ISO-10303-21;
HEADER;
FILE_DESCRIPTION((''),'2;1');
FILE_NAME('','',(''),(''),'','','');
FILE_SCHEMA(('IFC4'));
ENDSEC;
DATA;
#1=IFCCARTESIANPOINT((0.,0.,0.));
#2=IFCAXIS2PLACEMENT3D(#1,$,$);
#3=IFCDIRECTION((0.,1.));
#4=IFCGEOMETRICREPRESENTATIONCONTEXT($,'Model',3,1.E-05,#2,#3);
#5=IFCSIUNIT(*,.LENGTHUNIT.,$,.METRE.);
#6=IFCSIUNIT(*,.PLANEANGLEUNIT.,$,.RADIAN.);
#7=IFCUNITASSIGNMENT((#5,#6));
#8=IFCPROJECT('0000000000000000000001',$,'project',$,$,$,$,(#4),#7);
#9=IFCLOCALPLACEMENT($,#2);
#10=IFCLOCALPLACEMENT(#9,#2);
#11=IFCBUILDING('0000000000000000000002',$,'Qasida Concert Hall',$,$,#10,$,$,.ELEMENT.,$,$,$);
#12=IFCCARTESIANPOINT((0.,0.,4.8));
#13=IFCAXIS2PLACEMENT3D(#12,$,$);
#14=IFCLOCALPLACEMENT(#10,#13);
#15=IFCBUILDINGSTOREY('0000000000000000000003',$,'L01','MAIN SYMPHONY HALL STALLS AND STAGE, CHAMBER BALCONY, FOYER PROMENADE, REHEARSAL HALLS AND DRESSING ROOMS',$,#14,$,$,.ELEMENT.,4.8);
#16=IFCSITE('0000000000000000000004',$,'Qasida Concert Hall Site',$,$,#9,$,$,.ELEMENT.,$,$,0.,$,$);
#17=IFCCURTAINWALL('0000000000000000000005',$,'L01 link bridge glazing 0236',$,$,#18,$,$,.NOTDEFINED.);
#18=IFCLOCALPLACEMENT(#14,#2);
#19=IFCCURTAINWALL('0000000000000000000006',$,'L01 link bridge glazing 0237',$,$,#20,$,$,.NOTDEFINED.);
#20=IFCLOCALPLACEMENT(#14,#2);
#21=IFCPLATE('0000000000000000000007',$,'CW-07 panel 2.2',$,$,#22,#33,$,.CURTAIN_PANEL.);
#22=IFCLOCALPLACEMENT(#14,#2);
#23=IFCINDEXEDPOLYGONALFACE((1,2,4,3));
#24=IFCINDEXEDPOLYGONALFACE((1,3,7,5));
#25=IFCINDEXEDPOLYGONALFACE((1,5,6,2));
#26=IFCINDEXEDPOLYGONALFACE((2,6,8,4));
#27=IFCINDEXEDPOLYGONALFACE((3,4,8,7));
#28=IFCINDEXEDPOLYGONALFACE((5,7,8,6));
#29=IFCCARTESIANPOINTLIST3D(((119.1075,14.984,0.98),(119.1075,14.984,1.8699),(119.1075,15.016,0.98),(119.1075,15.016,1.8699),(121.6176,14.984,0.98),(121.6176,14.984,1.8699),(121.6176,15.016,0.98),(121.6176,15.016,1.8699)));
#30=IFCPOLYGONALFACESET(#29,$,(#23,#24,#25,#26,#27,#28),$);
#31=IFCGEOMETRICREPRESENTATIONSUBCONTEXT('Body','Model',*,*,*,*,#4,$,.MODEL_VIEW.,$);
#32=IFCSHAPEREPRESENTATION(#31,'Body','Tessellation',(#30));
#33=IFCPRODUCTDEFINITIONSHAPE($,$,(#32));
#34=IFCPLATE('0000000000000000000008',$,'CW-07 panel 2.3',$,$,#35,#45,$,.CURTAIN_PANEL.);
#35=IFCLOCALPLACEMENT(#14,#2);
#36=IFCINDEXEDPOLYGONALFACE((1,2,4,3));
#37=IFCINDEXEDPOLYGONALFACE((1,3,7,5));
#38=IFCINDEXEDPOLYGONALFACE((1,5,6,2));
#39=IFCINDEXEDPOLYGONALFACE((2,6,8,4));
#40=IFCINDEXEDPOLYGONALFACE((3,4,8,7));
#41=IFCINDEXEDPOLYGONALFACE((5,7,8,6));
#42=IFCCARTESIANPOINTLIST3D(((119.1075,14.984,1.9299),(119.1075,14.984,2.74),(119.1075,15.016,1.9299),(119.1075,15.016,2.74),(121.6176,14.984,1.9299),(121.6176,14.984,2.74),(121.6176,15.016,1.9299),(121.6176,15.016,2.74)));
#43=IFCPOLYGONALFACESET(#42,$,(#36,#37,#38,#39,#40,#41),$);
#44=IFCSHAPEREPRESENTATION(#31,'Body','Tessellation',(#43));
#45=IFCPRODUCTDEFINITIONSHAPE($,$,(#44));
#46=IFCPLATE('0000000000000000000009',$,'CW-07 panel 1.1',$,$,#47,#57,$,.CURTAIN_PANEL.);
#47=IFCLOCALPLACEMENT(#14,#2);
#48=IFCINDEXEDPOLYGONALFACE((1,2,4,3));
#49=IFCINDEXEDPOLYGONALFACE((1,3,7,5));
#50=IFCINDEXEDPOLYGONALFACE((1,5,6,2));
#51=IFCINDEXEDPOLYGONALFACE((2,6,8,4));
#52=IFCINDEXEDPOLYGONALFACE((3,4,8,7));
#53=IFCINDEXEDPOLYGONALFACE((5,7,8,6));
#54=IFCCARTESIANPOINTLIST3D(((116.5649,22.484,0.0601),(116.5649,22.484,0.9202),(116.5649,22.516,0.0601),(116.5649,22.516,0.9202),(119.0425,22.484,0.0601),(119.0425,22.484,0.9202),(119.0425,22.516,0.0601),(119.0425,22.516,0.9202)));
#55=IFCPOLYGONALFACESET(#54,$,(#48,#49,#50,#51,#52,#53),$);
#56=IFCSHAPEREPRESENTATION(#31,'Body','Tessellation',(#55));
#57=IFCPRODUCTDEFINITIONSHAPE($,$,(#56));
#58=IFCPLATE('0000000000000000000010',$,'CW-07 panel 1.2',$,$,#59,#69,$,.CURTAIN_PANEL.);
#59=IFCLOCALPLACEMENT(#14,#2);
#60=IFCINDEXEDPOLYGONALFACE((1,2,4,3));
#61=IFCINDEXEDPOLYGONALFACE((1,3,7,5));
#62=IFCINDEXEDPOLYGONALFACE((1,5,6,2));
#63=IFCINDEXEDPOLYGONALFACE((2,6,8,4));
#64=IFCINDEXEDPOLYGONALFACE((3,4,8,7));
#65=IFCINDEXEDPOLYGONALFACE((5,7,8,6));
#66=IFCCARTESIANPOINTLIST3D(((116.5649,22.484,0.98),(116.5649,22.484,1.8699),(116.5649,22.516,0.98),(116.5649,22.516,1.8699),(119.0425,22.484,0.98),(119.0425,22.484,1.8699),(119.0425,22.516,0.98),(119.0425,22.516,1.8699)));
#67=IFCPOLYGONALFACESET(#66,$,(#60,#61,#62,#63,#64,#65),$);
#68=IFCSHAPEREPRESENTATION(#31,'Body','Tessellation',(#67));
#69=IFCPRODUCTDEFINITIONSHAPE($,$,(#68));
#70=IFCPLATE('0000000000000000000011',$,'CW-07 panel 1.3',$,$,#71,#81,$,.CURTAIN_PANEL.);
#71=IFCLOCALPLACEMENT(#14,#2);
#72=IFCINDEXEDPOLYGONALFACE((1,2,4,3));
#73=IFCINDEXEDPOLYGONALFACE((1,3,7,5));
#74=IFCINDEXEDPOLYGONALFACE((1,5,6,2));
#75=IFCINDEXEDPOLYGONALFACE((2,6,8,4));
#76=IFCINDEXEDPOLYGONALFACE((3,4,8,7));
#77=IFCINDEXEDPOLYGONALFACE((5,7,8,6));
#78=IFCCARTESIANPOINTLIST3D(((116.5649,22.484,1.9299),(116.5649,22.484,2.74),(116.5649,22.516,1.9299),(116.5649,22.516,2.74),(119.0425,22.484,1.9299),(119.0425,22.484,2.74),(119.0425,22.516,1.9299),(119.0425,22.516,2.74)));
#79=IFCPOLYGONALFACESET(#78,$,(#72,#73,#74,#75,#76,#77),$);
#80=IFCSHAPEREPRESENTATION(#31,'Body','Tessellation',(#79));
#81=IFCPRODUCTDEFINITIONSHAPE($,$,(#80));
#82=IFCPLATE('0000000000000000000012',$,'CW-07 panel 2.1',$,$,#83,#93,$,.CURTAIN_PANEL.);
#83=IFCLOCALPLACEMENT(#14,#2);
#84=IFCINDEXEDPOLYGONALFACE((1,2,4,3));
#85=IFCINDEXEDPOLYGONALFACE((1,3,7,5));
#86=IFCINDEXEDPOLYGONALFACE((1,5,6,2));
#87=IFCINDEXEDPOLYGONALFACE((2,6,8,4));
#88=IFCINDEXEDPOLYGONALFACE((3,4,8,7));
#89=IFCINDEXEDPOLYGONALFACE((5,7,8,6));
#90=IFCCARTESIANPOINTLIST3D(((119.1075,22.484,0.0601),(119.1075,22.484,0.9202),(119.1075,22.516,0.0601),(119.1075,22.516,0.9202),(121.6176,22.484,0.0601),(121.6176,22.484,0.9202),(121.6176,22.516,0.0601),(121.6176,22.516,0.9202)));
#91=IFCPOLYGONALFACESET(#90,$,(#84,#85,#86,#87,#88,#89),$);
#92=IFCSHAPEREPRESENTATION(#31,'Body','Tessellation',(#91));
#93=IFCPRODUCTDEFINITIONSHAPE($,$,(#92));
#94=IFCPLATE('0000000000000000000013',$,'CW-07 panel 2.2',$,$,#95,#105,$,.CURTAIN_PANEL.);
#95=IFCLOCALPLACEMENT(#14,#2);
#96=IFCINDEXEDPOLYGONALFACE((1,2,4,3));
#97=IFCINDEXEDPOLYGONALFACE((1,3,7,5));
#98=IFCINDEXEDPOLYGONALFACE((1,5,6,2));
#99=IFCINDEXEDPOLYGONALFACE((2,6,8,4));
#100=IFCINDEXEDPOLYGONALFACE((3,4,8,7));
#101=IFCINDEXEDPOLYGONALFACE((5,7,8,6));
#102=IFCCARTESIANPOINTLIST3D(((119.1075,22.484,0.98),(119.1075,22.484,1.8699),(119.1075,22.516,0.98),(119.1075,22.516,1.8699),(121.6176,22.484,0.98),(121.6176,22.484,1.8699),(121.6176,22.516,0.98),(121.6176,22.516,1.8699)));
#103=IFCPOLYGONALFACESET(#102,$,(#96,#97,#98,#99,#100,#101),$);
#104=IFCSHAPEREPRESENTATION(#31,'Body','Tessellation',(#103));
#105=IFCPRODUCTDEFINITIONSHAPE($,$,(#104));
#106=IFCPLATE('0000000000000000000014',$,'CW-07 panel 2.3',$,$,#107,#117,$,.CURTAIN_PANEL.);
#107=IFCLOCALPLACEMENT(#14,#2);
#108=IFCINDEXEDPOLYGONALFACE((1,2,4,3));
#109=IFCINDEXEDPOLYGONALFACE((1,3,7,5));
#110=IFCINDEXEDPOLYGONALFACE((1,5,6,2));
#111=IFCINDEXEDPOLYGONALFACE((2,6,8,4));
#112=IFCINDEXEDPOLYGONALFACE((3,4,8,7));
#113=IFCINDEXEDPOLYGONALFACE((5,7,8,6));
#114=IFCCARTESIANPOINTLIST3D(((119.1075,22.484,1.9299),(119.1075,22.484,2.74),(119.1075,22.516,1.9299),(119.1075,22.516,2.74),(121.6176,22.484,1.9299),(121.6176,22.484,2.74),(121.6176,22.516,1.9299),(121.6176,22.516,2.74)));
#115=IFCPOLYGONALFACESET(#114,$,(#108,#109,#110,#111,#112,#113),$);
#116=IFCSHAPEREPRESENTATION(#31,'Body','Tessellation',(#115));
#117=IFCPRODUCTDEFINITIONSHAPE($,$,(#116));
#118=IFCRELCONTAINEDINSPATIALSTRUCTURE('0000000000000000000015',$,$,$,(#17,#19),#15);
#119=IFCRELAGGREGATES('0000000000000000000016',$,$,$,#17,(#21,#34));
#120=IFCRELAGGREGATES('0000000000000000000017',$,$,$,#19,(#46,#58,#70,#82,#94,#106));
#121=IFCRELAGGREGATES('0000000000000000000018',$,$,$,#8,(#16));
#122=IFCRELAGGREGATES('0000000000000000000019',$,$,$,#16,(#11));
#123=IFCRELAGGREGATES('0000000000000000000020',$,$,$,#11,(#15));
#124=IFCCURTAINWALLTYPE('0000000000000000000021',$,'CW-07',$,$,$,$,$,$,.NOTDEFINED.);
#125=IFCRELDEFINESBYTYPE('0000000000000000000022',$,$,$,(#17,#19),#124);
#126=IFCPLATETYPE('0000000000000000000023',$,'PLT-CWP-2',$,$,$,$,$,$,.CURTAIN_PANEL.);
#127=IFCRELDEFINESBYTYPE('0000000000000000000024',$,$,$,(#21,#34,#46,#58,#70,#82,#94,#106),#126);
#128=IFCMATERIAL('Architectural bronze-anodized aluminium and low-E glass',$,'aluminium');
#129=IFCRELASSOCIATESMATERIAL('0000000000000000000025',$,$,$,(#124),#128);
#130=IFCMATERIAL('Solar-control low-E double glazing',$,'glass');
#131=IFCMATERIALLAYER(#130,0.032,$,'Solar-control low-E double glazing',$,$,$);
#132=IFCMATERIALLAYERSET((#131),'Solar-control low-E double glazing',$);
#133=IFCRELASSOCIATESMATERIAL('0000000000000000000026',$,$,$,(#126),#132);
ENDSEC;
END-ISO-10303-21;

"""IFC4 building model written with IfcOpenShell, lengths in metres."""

from ifc_helpers import new_model, si_unit, direction, frame, origin, origin_2d, place, context, subcontext, project, spatial, rectangle, extrude, material, layer, layer_set, type_object, element, aggregate, save


model = new_model("IFC4")

# Units and contexts
model_context = context("Model", 3, precision=1e-05, world=origin(), true_north=direction((0.0, 1.0)))
body_context = subcontext(model_context, "Body", "Model", "MODEL_VIEW")
ifc_project = project(units=[si_unit("LENGTHUNIT", "METRE"), si_unit("PLANEANGLEUNIT", "RADIAN")], contexts=[model_context])

# Site, building, storey
site_placement = place(None, origin())
site = spatial("IfcSite", under=ifc_project, at=site_placement, Name="Qasida Concert Hall Site", CompositionType="ELEMENT", RefElevation=0.0)
building_placement = place(site_placement, origin())
building = spatial("IfcBuilding", under=site, at=building_placement, Name="Qasida Concert Hall", CompositionType="ELEMENT")
storey_placement = place(building_placement, frame((0.0, 0.0, 4.8)))
storey = spatial("IfcBuildingStorey", under=building, at=storey_placement, Name="L01", Description="MAIN SYMPHONY HALL STALLS AND STAGE, CHAMBER BALCONY, FOYER PROMENADE, REHEARSAL HALLS AND DRESSING ROOMS", CompositionType="ELEMENT", Elevation=4.8)

# Curtain walls
ifc_material_1 = material(Name="Architectural bronze-anodized aluminium and low-E glass", Category="aluminium")
curtain_wall_type = type_object("IfcCurtainWallType", Name="CW-07", PredefinedType="NOTDEFINED", material=ifc_material_1)
curtain_wall_1_placement = place(storey_placement, origin())
curtain_wall_1 = element("IfcCurtainWall", 1, at=curtain_wall_1_placement, inside=storey, type_object=curtain_wall_type, Name="L01 link bridge glazing 0236", PredefinedType="NOTDEFINED")
curtain_wall_2_placement = place(storey_placement, origin())
curtain_wall_2 = element("IfcCurtainWall", 2, at=curtain_wall_2_placement, inside=storey, type_object=curtain_wall_type, Name="L01 link bridge glazing 0237", PredefinedType="NOTDEFINED")

# Plates
ifc_material_2 = material(Name="Solar-control low-E double glazing", Category="glass")
ifc_layer = layer(ifc_material_2, 0.032, Name="Solar-control low-E double glazing")
ifc_layer_set = layer_set([ifc_layer], Name="Solar-control low-E double glazing")
plate_type = type_object("IfcPlateType", Name="PLT-CWP-2", PredefinedType="CURTAIN_PANEL", material=ifc_layer_set)
plate_1_placement = place(storey_placement, frame((120.3625, 15.0, 0.98), z_axis=(0.0, 0.0, 1.0), x_axis=(1.0, 0.0, 0.0)))
plate_1 = element("IfcPlate", 3, at=plate_1_placement, type_object=plate_type, Name="CW-07 panel 2.2", PredefinedType="CURTAIN_PANEL", context=body_context, shape_type="SweptSolid", body=[
    extrude(rectangle(XDim=2.51, YDim=0.032, at=origin_2d()), origin(), (0.0, 0.0, 1.0), 0.8899),
])
plate_2_placement = place(storey_placement, frame((120.3625, 15.0, 1.9299), z_axis=(0.0, 0.0, 1.0), x_axis=(1.0, 0.0, 0.0)))
plate_2 = element("IfcPlate", 4, at=plate_2_placement, type_object=plate_type, Name="CW-07 panel 2.3", PredefinedType="CURTAIN_PANEL", context=body_context, shape_type="SweptSolid", body=[
    extrude(rectangle(XDim=2.51, YDim=0.032, at=origin_2d()), origin(), (0.0, 0.0, 1.0), 0.8101),
])
aggregate(curtain_wall_1, [plate_1, plate_2])
plate_3_placement = place(storey_placement, frame((117.8037, 22.5, 0.0601), z_axis=(0.0, 0.0, 1.0), x_axis=(1.0, 0.0, 0.0)))
plate_3 = element("IfcPlate", 5, at=plate_3_placement, type_object=plate_type, Name="CW-07 panel 1.1", PredefinedType="CURTAIN_PANEL", context=body_context, shape_type="SweptSolid", body=[
    extrude(rectangle(XDim=2.4775, YDim=0.032, at=origin_2d()), origin(), (0.0, 0.0, 1.0), 0.8601),
])
plate_4_placement = place(storey_placement, frame((117.8037, 22.5, 0.98), z_axis=(0.0, 0.0, 1.0), x_axis=(1.0, 0.0, 0.0)))
plate_4 = element("IfcPlate", 6, at=plate_4_placement, type_object=plate_type, Name="CW-07 panel 1.2", PredefinedType="CURTAIN_PANEL", context=body_context, shape_type="SweptSolid", body=[
    extrude(rectangle(XDim=2.4775, YDim=0.032, at=origin_2d()), origin(), (0.0, 0.0, 1.0), 0.8899),
])
plate_5_placement = place(storey_placement, frame((117.8037, 22.5, 1.9299), z_axis=(0.0, 0.0, 1.0), x_axis=(1.0, 0.0, 0.0)))
plate_5 = element("IfcPlate", 7, at=plate_5_placement, type_object=plate_type, Name="CW-07 panel 1.3", PredefinedType="CURTAIN_PANEL", context=body_context, shape_type="SweptSolid", body=[
    extrude(rectangle(XDim=2.4775, YDim=0.032, at=origin_2d()), origin(), (0.0, 0.0, 1.0), 0.8101),
])
plate_6_placement = place(storey_placement, frame((120.3625, 22.5, 0.0601), z_axis=(0.0, 0.0, 1.0), x_axis=(1.0, 0.0, 0.0)))
plate_6 = element("IfcPlate", 8, at=plate_6_placement, type_object=plate_type, Name="CW-07 panel 2.1", PredefinedType="CURTAIN_PANEL", context=body_context, shape_type="SweptSolid", body=[
    extrude(rectangle(XDim=2.51, YDim=0.032, at=origin_2d()), origin(), (0.0, 0.0, 1.0), 0.8601),
])
plate_7_placement = place(storey_placement, frame((120.3625, 22.5, 0.98), z_axis=(0.0, 0.0, 1.0), x_axis=(1.0, 0.0, 0.0)))
plate_7 = element("IfcPlate", 9, at=plate_7_placement, type_object=plate_type, Name="CW-07 panel 2.2", PredefinedType="CURTAIN_PANEL", context=body_context, shape_type="SweptSolid", body=[
    extrude(rectangle(XDim=2.51, YDim=0.032, at=origin_2d()), origin(), (0.0, 0.0, 1.0), 0.8899),
])
plate_8_placement = place(storey_placement, frame((120.3625, 22.5, 1.9299), z_axis=(0.0, 0.0, 1.0), x_axis=(1.0, 0.0, 0.0)))
plate_8 = element("IfcPlate", 10, at=plate_8_placement, type_object=plate_type, Name="CW-07 panel 2.3", PredefinedType="CURTAIN_PANEL", context=body_context, shape_type="SweptSolid", body=[
    extrude(rectangle(XDim=2.51, YDim=0.032, at=origin_2d()), origin(), (0.0, 0.0, 1.0), 0.8101),
])
aggregate(curtain_wall_2, [plate_3, plate_4, plate_5, plate_6, plate_7, plate_8])

save(model, "model.ifc")
